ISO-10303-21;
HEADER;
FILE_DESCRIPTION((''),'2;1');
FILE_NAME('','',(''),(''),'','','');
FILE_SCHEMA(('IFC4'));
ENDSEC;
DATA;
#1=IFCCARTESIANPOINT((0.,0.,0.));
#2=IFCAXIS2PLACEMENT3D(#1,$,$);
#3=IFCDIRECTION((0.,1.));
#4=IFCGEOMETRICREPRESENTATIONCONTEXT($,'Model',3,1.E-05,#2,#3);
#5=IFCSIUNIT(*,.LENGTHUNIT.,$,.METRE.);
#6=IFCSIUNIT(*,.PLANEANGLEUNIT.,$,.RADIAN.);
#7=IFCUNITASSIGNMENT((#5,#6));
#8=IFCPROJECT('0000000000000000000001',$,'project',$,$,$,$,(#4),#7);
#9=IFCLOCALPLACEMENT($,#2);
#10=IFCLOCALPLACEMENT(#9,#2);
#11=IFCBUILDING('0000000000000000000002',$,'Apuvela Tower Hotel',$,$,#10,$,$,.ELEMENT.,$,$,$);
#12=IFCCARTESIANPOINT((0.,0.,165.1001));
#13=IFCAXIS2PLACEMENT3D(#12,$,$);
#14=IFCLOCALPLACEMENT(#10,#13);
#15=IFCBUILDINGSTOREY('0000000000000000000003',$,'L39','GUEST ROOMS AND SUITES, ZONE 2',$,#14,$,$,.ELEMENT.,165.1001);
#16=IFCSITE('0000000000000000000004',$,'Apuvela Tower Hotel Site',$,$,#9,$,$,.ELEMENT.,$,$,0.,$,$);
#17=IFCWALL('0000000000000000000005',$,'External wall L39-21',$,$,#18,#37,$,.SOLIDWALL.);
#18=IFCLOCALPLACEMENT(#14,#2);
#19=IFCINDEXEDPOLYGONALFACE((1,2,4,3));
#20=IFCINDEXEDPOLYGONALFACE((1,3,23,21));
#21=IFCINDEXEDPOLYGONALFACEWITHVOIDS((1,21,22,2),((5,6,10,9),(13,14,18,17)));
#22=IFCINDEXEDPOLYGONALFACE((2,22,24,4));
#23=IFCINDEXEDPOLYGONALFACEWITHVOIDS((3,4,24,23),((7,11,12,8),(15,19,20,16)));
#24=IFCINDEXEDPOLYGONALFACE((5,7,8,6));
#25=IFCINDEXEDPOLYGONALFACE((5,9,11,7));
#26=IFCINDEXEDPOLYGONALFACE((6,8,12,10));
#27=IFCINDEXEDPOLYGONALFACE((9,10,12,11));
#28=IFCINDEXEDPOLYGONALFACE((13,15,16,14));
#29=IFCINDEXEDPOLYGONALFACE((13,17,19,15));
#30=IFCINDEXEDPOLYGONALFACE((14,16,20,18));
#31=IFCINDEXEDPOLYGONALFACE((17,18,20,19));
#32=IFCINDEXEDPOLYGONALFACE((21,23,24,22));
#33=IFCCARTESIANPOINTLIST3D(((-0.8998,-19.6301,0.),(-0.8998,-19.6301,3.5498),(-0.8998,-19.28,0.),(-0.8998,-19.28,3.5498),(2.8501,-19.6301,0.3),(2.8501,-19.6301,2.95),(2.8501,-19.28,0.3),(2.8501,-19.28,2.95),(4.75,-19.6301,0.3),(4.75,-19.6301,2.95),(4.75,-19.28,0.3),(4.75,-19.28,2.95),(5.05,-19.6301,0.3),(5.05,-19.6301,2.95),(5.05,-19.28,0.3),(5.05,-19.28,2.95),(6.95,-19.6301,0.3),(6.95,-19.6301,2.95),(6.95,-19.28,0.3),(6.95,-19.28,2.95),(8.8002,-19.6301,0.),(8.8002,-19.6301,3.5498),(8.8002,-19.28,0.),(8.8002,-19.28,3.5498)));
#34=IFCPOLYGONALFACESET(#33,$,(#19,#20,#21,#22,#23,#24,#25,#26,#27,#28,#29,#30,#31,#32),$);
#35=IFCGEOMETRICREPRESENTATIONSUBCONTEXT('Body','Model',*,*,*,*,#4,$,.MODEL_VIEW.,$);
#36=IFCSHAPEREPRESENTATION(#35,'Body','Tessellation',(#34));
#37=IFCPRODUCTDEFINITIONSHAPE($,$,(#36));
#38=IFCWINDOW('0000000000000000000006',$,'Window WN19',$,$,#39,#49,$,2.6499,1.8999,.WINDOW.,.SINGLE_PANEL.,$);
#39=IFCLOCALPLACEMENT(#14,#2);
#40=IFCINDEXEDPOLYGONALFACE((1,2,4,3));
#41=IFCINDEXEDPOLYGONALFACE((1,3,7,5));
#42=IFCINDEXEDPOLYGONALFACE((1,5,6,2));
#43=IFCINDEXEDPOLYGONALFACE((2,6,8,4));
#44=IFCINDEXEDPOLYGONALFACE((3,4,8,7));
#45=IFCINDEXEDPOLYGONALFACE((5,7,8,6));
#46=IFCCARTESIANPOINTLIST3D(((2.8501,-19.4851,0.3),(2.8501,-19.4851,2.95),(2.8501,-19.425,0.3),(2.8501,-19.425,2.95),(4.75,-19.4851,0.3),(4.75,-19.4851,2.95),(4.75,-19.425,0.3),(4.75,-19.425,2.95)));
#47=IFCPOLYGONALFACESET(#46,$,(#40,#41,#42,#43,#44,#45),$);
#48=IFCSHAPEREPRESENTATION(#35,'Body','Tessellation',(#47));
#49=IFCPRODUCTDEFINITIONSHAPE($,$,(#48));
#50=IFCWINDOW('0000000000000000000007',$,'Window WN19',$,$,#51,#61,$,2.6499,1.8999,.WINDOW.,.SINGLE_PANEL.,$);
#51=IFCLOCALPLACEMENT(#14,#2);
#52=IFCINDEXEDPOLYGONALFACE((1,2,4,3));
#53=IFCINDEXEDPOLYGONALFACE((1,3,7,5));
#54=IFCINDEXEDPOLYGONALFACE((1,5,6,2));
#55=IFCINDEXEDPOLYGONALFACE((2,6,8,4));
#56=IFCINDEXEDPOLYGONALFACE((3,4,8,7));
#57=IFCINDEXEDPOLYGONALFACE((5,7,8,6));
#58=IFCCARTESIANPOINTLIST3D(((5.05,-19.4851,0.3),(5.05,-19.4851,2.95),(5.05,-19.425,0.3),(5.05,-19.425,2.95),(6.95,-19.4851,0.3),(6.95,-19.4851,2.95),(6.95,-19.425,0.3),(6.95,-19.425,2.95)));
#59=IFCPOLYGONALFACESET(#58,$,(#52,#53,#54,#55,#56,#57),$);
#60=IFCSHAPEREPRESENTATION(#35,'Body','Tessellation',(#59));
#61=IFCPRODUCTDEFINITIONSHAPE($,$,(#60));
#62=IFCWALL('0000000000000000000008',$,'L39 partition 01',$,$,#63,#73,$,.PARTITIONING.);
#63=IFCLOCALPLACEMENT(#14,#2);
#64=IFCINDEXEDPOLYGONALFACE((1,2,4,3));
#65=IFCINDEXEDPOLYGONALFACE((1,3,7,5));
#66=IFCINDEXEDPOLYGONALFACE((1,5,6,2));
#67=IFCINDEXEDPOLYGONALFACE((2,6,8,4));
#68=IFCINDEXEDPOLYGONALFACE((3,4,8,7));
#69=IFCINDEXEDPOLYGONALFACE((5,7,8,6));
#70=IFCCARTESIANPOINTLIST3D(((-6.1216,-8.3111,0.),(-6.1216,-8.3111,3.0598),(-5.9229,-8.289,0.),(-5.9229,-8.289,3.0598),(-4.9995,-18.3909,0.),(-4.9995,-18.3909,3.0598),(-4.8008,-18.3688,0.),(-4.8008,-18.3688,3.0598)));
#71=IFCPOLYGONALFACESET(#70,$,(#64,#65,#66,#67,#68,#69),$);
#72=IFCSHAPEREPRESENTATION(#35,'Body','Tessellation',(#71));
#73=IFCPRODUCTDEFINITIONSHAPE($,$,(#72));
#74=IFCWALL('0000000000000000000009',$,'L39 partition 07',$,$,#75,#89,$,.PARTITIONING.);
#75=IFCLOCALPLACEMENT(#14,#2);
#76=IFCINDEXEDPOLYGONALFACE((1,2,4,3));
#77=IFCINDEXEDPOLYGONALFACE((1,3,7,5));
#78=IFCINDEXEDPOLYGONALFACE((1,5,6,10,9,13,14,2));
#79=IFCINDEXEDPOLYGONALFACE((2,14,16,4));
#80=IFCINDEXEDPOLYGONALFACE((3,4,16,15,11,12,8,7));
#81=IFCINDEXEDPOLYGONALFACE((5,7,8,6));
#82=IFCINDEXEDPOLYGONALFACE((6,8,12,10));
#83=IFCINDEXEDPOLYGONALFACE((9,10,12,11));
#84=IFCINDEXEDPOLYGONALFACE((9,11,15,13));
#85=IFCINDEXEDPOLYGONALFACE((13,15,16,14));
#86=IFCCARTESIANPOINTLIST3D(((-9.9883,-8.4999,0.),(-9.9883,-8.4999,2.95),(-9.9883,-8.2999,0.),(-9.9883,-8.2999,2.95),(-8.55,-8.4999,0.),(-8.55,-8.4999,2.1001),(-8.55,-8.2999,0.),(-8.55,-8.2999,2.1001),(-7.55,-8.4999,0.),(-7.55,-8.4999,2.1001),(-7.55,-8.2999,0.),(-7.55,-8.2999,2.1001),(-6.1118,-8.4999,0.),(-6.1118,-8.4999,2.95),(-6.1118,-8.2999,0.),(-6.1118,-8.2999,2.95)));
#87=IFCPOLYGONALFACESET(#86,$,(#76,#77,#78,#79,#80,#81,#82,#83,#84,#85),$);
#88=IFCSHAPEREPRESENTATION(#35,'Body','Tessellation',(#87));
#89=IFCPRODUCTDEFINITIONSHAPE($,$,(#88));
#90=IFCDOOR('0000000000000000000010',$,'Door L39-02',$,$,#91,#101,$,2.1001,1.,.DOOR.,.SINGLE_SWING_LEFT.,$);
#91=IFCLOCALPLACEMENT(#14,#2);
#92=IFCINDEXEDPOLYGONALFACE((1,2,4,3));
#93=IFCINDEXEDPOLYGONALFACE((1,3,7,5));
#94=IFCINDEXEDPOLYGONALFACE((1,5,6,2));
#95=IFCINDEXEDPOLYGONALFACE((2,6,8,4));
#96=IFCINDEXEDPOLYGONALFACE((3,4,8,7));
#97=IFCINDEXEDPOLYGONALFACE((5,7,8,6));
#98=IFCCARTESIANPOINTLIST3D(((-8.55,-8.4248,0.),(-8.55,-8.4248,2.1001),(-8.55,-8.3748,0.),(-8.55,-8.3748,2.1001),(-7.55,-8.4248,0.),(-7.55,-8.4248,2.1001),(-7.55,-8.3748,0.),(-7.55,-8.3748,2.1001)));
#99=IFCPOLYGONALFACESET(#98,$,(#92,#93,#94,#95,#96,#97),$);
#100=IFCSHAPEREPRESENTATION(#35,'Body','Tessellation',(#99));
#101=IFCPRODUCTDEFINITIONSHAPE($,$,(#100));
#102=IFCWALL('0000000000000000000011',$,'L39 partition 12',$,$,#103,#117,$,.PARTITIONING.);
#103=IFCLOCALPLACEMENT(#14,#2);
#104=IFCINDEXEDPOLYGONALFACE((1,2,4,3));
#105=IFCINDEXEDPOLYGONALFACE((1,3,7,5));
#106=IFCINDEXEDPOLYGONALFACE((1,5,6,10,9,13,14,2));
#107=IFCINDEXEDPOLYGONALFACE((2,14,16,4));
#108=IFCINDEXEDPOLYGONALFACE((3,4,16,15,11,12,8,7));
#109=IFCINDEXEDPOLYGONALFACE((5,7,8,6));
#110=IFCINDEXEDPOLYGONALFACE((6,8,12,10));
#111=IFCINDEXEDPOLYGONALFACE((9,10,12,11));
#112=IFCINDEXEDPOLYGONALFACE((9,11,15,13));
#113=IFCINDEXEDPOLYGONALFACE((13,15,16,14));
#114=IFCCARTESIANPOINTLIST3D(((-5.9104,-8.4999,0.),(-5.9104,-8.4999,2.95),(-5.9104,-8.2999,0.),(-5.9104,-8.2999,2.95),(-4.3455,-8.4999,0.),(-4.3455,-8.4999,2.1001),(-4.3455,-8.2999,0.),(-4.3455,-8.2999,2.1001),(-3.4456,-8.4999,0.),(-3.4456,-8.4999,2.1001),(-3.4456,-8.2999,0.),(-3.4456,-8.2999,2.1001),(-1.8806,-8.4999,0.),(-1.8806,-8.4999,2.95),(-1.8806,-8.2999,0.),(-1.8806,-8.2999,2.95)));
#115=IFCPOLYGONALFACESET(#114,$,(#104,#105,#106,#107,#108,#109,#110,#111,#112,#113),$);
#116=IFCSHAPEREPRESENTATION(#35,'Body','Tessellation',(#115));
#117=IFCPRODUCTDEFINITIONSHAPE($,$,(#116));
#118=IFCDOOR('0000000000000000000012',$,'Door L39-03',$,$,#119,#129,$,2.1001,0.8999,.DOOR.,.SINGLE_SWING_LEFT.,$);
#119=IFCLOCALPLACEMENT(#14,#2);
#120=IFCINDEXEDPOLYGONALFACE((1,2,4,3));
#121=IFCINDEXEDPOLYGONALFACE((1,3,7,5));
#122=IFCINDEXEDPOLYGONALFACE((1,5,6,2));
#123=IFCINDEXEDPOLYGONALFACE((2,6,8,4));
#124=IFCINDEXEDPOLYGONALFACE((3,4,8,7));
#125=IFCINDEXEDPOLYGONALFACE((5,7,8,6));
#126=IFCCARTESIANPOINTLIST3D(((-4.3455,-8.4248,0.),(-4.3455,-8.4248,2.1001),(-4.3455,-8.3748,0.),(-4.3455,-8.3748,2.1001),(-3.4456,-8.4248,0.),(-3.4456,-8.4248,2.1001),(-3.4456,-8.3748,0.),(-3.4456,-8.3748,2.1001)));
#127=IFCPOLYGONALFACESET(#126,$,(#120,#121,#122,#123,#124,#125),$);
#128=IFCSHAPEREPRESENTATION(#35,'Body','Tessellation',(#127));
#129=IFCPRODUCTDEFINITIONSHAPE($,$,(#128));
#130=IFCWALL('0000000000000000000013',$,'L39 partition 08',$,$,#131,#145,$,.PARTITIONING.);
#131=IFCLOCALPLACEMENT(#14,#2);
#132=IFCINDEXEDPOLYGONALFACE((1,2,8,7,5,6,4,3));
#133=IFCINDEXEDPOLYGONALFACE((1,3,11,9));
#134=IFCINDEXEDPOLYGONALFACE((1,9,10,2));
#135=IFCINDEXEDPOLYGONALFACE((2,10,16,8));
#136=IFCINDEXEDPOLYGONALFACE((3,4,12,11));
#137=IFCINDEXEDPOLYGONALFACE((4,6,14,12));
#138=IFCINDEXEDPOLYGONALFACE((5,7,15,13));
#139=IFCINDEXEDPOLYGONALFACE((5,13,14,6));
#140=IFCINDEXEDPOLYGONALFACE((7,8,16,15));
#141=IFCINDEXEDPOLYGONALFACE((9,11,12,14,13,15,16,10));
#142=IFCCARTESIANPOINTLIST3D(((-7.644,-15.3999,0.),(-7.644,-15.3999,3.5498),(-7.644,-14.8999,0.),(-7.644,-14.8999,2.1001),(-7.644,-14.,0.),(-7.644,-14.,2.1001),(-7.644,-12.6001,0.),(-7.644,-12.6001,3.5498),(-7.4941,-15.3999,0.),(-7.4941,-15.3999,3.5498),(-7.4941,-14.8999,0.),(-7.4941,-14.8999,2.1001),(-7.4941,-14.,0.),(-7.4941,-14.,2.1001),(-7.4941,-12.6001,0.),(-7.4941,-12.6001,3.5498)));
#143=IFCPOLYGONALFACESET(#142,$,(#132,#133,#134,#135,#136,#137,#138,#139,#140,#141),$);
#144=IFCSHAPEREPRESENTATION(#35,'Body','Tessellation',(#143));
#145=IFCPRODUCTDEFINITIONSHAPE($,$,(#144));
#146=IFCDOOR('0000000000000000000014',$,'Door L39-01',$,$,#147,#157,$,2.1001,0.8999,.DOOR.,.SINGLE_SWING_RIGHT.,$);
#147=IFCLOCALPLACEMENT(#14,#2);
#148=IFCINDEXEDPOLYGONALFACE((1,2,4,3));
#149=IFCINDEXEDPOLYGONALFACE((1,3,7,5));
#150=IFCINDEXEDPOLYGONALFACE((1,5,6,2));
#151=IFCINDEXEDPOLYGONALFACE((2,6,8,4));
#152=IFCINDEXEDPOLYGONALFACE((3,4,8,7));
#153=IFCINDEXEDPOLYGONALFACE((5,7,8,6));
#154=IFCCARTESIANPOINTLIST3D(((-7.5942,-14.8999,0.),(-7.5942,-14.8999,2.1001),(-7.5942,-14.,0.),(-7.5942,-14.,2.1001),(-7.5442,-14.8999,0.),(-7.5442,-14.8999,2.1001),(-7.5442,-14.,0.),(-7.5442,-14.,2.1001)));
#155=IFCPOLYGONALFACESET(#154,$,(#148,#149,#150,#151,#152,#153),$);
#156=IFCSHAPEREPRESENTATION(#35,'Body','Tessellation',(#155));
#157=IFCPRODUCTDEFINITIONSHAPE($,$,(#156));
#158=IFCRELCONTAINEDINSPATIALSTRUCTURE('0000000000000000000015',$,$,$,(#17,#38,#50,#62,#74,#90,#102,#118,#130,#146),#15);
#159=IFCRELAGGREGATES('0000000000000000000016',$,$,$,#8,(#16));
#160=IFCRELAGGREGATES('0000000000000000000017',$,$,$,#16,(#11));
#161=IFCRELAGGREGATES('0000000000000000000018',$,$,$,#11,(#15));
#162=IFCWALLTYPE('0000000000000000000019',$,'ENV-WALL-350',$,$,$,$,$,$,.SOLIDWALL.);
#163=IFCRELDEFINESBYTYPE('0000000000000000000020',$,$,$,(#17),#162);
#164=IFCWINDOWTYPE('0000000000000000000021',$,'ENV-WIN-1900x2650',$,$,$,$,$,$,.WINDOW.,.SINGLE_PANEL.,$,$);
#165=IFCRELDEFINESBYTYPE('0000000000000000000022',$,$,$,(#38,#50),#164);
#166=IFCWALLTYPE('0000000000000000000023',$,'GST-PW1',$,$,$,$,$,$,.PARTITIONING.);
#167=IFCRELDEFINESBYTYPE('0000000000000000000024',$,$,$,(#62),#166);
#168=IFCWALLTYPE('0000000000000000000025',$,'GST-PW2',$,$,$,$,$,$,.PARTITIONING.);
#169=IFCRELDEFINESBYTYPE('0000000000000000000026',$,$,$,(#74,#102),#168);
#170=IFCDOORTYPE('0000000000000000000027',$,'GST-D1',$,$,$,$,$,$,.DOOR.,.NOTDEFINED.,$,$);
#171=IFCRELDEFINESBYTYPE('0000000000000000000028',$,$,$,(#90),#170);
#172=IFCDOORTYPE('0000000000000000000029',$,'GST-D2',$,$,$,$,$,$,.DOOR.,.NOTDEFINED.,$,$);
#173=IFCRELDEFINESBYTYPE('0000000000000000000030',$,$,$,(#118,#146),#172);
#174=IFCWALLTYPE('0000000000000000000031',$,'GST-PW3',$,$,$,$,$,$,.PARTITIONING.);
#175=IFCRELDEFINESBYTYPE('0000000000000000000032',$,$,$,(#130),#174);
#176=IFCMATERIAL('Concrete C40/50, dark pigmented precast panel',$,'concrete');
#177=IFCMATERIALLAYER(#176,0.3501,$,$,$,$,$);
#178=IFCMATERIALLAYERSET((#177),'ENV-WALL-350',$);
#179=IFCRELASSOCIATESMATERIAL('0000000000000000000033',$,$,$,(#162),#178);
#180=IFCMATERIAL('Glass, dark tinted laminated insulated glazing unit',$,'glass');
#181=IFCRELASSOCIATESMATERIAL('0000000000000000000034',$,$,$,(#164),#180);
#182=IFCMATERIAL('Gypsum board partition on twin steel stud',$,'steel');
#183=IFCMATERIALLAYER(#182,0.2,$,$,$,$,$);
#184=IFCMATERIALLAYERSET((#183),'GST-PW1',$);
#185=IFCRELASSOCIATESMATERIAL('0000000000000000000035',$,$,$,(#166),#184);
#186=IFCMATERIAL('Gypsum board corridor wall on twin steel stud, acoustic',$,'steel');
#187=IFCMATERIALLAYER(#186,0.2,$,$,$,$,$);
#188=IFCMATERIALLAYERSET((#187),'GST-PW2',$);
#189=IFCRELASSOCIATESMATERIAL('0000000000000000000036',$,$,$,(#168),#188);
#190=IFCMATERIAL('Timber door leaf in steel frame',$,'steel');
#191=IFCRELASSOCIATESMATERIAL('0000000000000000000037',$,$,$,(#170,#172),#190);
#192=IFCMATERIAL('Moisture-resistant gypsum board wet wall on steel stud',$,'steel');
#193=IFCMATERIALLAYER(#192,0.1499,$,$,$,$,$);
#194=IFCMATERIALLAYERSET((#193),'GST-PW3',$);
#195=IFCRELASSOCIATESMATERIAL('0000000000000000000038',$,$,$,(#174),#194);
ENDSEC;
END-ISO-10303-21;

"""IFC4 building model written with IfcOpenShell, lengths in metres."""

from ifc_helpers import new_model, si_unit, direction, frame, frame_2d, origin, place, context, subcontext, project, spatial, rectangle, extrude, material, layer, layer_set, type_object, element, fill, save


model = new_model("IFC4")

# Units and contexts
model_context = context("Model", 3, precision=1e-05, world=origin(), true_north=direction((0.0, 1.0)))
body_context = subcontext(model_context, "Body", "Model", "MODEL_VIEW")
ifc_project = project(units=[si_unit("LENGTHUNIT", "METRE"), si_unit("PLANEANGLEUNIT", "RADIAN")], contexts=[model_context])

# Site, building, storey
site_placement = place(None, origin())
site = spatial("IfcSite", under=ifc_project, at=site_placement, Name="Apuvela Tower Hotel Site", CompositionType="ELEMENT", RefElevation=0.0)
building_placement = place(site_placement, origin())
building = spatial("IfcBuilding", under=site, at=building_placement, Name="Apuvela Tower Hotel", CompositionType="ELEMENT")
storey_placement = place(building_placement, frame((0.0, 0.0, 165.1001)))
storey = spatial("IfcBuildingStorey", under=building, at=storey_placement, Name="L39", Description="GUEST ROOMS AND SUITES, ZONE 2", CompositionType="ELEMENT", Elevation=165.1001)

# Shared definitions
ifc_material_1 = material(Name="Concrete C40/50, dark pigmented precast panel", Category="concrete")
ifc_layer_1 = layer(ifc_material_1, 0.3501)
ifc_layer_set_1 = layer_set([ifc_layer_1], Name="ENV-WALL-350")
wall_type_1 = type_object("IfcWallType", Name="ENV-WALL-350", PredefinedType="SOLIDWALL", material=ifc_layer_set_1)

# Shared definitions
ifc_material_2 = material(Name="Glass, dark tinted laminated insulated glazing unit", Category="glass")

# Wall, openings, windows
wall_1_placement = place(storey_placement, frame((-0.8999, -19.4551, 0.0), z_axis=(0.0, 0.0, 1.0), x_axis=(1.0, 0.0, 0.0)))
wall_1 = element("IfcWall", 1, at=wall_1_placement, inside=storey, type_object=wall_type_1, Name="External wall L39-21", PredefinedType="SOLIDWALL", context=body_context, shape_type="SweptSolid", body=[
    extrude(rectangle(XDim=9.7, YDim=0.3501, at=frame_2d((4.8501, 0.0))), origin(), (0.0, 0.0, 1.0), 3.5498),
])
opening_1_placement = place(wall_1_placement, frame((3.75, 0.0, 0.3)))
opening_1 = element("IfcOpeningElement", 2, at=opening_1_placement, cuts=wall_1, PredefinedType="OPENING", context=body_context, shape_type="SweptSolid", body=[
    extrude(rectangle(XDim=1.8999, YDim=2.6499, at=frame_2d((0.95, 1.325))), frame((0.0, 0.1851, 0.0), z_axis=(0.0, -1.0, 0.0), x_axis=(1.0, 0.0, 0.0)), (0.0, 0.0, 1.0), 0.3701),
])
opening_2_placement = place(wall_1_placement, frame((5.95, 0.0, 0.3)))
opening_2 = element("IfcOpeningElement", 3, at=opening_2_placement, cuts=wall_1, PredefinedType="OPENING", context=body_context, shape_type="SweptSolid", body=[
    extrude(rectangle(XDim=1.8999, YDim=2.6499, at=frame_2d((0.95, 1.325))), frame((0.0, 0.1851, 0.0), z_axis=(0.0, -1.0, 0.0), x_axis=(1.0, 0.0, 0.0)), (0.0, 0.0, 1.0), 0.3701),
])
window_type_1 = type_object("IfcWindowType", Name="ENV-WIN-1900x2650", PartitioningType="SINGLE_PANEL", PredefinedType="WINDOW", material=ifc_material_2)
window_1_placement = place(opening_1_placement, origin())
window_1 = element("IfcWindow", 4, at=window_1_placement, inside=storey, type_object=window_type_1, Name="Window WN19", OverallHeight=2.6499, OverallWidth=1.8999, PartitioningType="SINGLE_PANEL", PredefinedType="WINDOW", context=body_context, shape_type="SweptSolid", body=[
    extrude(rectangle(XDim=1.8999, YDim=2.6499, at=frame_2d((0.95, 1.325))), frame((0.0, 0.03, 0.0), z_axis=(0.0, -1.0, 0.0), x_axis=(1.0, 0.0, 0.0)), (0.0, 0.0, 1.0), 0.0601),
])
fill(opening_1, window_1)
window_2_placement = place(opening_2_placement, origin())
window_2 = element("IfcWindow", 5, at=window_2_placement, inside=storey, type_object=window_type_1, Name="Window WN19", OverallHeight=2.6499, OverallWidth=1.8999, PartitioningType="SINGLE_PANEL", PredefinedType="WINDOW", context=body_context, shape_type="SweptSolid", body=[
    extrude(rectangle(XDim=1.8999, YDim=2.6499, at=frame_2d((0.95, 1.325))), frame((0.0, 0.03, 0.0), z_axis=(0.0, -1.0, 0.0), x_axis=(1.0, 0.0, 0.0)), (0.0, 0.0, 1.0), 0.0601),
])
fill(opening_2, window_2)

# Wall
ifc_material_3 = material(Name="Gypsum board partition on twin steel stud", Category="steel")
ifc_layer_2 = layer(ifc_material_3, 0.2)
ifc_layer_set_2 = layer_set([ifc_layer_2], Name="GST-PW1")
wall_type_2 = type_object("IfcWallType", Name="GST-PW1", PredefinedType="PARTITIONING", material=ifc_layer_set_2)
wall_2_placement = place(storey_placement, frame((-4.9001, -18.3799, 0.0), z_axis=(0.0, 0.0, 1.0), x_axis=(-0.110635, 0.993861, 0.0)))
element("IfcWall", 6, at=wall_2_placement, inside=storey, type_object=wall_type_2, Name="L39 partition 01", PredefinedType="PARTITIONING", context=body_context, shape_type="SweptSolid", body=[
    extrude(rectangle(XDim=10.1421, YDim=0.2, at=frame_2d((5.071, 0.0))), origin(), (0.0, 0.0, 1.0), 3.0598),
])

# Walls, openings, doors
ifc_material_4 = material(Name="Gypsum board corridor wall on twin steel stud, acoustic", Category="steel")
ifc_layer_3 = layer(ifc_material_4, 0.2)
ifc_layer_set_3 = layer_set([ifc_layer_3], Name="GST-PW2")
wall_type_3 = type_object("IfcWallType", Name="GST-PW2", PredefinedType="PARTITIONING", material=ifc_layer_set_3)
wall_3_placement = place(storey_placement, frame((-6.1118, -8.3999, 0.0), z_axis=(0.0, 0.0, 1.0), x_axis=(-1.0, 0.0, 0.0)))
wall_3 = element("IfcWall", 7, at=wall_3_placement, inside=storey, type_object=wall_type_3, Name="L39 partition 07", PredefinedType="PARTITIONING", context=body_context, shape_type="SweptSolid", body=[
    extrude(rectangle(XDim=3.8765, YDim=0.2, at=frame_2d((1.9382, 0.0))), origin(), (0.0, 0.0, 1.0), 2.95),
])
opening_3_placement = place(wall_3_placement, frame((1.4382, 0.0, 0.0)))
opening_3 = element("IfcOpeningElement", 8, at=opening_3_placement, cuts=wall_3, PredefinedType="OPENING", context=body_context, shape_type="SweptSolid", body=[
    extrude(rectangle(XDim=1.0, YDim=2.1001, at=frame_2d((0.5, 1.05))), frame((0.0, 0.1099, 0.0), z_axis=(0.0, -1.0, 0.0), x_axis=(1.0, 0.0, 0.0)), (0.0, 0.0, 1.0), 0.22),
])
ifc_material_5 = material(Name="Timber door leaf in steel frame", Category="steel")
door_type_1 = type_object("IfcDoorType", Name="GST-D1", OperationType="NOTDEFINED", PredefinedType="DOOR", material=ifc_material_5)
door_1_placement = place(opening_3_placement, origin())
door_1 = element("IfcDoor", 9, at=door_1_placement, inside=storey, type_object=door_type_1, Name="Door L39-02", OperationType="SINGLE_SWING_LEFT", OverallHeight=2.1001, OverallWidth=1.0, PredefinedType="DOOR", context=body_context, shape_type="SweptSolid", body=[
    extrude(rectangle(XDim=1.0, YDim=2.1001, at=frame_2d((0.5, 1.05))), frame((0.0, 0.0249, 0.0), z_axis=(0.0, -1.0, 0.0), x_axis=(1.0, 0.0, 0.0)), (0.0, 0.0, 1.0), 0.05),
])
fill(opening_3, door_1)
wall_4_placement = place(storey_placement, frame((-1.8806, -8.3999, 0.0), z_axis=(0.0, 0.0, 1.0), x_axis=(-1.0, 0.0, 0.0)))
wall_4 = element("IfcWall", 10, at=wall_4_placement, inside=storey, type_object=wall_type_3, Name="L39 partition 12", PredefinedType="PARTITIONING", context=body_context, shape_type="SweptSolid", body=[
    extrude(rectangle(XDim=4.0298, YDim=0.2, at=frame_2d((2.0149, 0.0))), origin(), (0.0, 0.0, 1.0), 2.95),
])
opening_4_placement = place(wall_4_placement, frame((1.5649, 0.0, 0.0)))
opening_4 = element("IfcOpeningElement", 11, at=opening_4_placement, cuts=wall_4, PredefinedType="OPENING", context=body_context, shape_type="SweptSolid", body=[
    extrude(rectangle(XDim=0.8999, YDim=2.1001, at=frame_2d((0.45, 1.05))), frame((0.0, 0.1099, 0.0), z_axis=(0.0, -1.0, 0.0), x_axis=(1.0, 0.0, 0.0)), (0.0, 0.0, 1.0), 0.22),
])
door_type_2 = type_object("IfcDoorType", Name="GST-D2", OperationType="NOTDEFINED", PredefinedType="DOOR", material=ifc_material_5)
door_2_placement = place(opening_4_placement, origin())
door_2 = element("IfcDoor", 12, at=door_2_placement, inside=storey, type_object=door_type_2, Name="Door L39-03", OperationType="SINGLE_SWING_LEFT", OverallHeight=2.1001, OverallWidth=0.8999, PredefinedType="DOOR", context=body_context, shape_type="SweptSolid", body=[
    extrude(rectangle(XDim=0.8999, YDim=2.1001, at=frame_2d((0.45, 1.05))), frame((0.0, 0.0249, 0.0), z_axis=(0.0, -1.0, 0.0), x_axis=(1.0, 0.0, 0.0)), (0.0, 0.0, 1.0), 0.05),
])
fill(opening_4, door_2)
ifc_material_6 = material(Name="Moisture-resistant gypsum board wet wall on steel stud", Category="steel")
ifc_layer_4 = layer(ifc_material_6, 0.1499)
ifc_layer_set_4 = layer_set([ifc_layer_4], Name="GST-PW3")
wall_type_4 = type_object("IfcWallType", Name="GST-PW3", PredefinedType="PARTITIONING", material=ifc_layer_set_4)
wall_5_placement = place(storey_placement, frame((-7.5691, -12.6001, 0.0), z_axis=(0.0, 0.0, 1.0), x_axis=(0.0, -1.0, 0.0)))
wall_5 = element("IfcWall", 13, at=wall_5_placement, inside=storey, type_object=wall_type_4, Name="L39 partition 08", PredefinedType="PARTITIONING", context=body_context, shape_type="SweptSolid", body=[
    extrude(rectangle(XDim=2.7998, YDim=0.1499, at=frame_2d((1.3999, 0.0))), origin(), (0.0, 0.0, 1.0), 3.5498),
])
opening_5_placement = place(wall_5_placement, frame((1.3999, 0.0, 0.0)))
opening_5 = element("IfcOpeningElement", 14, at=opening_5_placement, cuts=wall_5, PredefinedType="OPENING", context=body_context, shape_type="SweptSolid", body=[
    extrude(rectangle(XDim=0.8999, YDim=2.1001, at=frame_2d((0.45, 1.05))), frame((0.0, 0.085, 0.0), z_axis=(0.0, -1.0, 0.0), x_axis=(1.0, 0.0, 0.0)), (0.0, 0.0, 1.0), 0.1699),
])
door_3_placement = place(opening_5_placement, origin())
door_3 = element("IfcDoor", 15, at=door_3_placement, inside=storey, type_object=door_type_2, Name="Door L39-01", OperationType="SINGLE_SWING_RIGHT", OverallHeight=2.1001, OverallWidth=0.8999, PredefinedType="DOOR", context=body_context, shape_type="SweptSolid", body=[
    extrude(rectangle(XDim=0.8999, YDim=2.1001, at=frame_2d((0.45, 1.05))), frame((0.0, 0.0249, 0.0), z_axis=(0.0, -1.0, 0.0), x_axis=(1.0, 0.0, 0.0)), (0.0, 0.0, 1.0), 0.05),
])
fill(opening_5, door_3)

save(model, "model.ifc")
